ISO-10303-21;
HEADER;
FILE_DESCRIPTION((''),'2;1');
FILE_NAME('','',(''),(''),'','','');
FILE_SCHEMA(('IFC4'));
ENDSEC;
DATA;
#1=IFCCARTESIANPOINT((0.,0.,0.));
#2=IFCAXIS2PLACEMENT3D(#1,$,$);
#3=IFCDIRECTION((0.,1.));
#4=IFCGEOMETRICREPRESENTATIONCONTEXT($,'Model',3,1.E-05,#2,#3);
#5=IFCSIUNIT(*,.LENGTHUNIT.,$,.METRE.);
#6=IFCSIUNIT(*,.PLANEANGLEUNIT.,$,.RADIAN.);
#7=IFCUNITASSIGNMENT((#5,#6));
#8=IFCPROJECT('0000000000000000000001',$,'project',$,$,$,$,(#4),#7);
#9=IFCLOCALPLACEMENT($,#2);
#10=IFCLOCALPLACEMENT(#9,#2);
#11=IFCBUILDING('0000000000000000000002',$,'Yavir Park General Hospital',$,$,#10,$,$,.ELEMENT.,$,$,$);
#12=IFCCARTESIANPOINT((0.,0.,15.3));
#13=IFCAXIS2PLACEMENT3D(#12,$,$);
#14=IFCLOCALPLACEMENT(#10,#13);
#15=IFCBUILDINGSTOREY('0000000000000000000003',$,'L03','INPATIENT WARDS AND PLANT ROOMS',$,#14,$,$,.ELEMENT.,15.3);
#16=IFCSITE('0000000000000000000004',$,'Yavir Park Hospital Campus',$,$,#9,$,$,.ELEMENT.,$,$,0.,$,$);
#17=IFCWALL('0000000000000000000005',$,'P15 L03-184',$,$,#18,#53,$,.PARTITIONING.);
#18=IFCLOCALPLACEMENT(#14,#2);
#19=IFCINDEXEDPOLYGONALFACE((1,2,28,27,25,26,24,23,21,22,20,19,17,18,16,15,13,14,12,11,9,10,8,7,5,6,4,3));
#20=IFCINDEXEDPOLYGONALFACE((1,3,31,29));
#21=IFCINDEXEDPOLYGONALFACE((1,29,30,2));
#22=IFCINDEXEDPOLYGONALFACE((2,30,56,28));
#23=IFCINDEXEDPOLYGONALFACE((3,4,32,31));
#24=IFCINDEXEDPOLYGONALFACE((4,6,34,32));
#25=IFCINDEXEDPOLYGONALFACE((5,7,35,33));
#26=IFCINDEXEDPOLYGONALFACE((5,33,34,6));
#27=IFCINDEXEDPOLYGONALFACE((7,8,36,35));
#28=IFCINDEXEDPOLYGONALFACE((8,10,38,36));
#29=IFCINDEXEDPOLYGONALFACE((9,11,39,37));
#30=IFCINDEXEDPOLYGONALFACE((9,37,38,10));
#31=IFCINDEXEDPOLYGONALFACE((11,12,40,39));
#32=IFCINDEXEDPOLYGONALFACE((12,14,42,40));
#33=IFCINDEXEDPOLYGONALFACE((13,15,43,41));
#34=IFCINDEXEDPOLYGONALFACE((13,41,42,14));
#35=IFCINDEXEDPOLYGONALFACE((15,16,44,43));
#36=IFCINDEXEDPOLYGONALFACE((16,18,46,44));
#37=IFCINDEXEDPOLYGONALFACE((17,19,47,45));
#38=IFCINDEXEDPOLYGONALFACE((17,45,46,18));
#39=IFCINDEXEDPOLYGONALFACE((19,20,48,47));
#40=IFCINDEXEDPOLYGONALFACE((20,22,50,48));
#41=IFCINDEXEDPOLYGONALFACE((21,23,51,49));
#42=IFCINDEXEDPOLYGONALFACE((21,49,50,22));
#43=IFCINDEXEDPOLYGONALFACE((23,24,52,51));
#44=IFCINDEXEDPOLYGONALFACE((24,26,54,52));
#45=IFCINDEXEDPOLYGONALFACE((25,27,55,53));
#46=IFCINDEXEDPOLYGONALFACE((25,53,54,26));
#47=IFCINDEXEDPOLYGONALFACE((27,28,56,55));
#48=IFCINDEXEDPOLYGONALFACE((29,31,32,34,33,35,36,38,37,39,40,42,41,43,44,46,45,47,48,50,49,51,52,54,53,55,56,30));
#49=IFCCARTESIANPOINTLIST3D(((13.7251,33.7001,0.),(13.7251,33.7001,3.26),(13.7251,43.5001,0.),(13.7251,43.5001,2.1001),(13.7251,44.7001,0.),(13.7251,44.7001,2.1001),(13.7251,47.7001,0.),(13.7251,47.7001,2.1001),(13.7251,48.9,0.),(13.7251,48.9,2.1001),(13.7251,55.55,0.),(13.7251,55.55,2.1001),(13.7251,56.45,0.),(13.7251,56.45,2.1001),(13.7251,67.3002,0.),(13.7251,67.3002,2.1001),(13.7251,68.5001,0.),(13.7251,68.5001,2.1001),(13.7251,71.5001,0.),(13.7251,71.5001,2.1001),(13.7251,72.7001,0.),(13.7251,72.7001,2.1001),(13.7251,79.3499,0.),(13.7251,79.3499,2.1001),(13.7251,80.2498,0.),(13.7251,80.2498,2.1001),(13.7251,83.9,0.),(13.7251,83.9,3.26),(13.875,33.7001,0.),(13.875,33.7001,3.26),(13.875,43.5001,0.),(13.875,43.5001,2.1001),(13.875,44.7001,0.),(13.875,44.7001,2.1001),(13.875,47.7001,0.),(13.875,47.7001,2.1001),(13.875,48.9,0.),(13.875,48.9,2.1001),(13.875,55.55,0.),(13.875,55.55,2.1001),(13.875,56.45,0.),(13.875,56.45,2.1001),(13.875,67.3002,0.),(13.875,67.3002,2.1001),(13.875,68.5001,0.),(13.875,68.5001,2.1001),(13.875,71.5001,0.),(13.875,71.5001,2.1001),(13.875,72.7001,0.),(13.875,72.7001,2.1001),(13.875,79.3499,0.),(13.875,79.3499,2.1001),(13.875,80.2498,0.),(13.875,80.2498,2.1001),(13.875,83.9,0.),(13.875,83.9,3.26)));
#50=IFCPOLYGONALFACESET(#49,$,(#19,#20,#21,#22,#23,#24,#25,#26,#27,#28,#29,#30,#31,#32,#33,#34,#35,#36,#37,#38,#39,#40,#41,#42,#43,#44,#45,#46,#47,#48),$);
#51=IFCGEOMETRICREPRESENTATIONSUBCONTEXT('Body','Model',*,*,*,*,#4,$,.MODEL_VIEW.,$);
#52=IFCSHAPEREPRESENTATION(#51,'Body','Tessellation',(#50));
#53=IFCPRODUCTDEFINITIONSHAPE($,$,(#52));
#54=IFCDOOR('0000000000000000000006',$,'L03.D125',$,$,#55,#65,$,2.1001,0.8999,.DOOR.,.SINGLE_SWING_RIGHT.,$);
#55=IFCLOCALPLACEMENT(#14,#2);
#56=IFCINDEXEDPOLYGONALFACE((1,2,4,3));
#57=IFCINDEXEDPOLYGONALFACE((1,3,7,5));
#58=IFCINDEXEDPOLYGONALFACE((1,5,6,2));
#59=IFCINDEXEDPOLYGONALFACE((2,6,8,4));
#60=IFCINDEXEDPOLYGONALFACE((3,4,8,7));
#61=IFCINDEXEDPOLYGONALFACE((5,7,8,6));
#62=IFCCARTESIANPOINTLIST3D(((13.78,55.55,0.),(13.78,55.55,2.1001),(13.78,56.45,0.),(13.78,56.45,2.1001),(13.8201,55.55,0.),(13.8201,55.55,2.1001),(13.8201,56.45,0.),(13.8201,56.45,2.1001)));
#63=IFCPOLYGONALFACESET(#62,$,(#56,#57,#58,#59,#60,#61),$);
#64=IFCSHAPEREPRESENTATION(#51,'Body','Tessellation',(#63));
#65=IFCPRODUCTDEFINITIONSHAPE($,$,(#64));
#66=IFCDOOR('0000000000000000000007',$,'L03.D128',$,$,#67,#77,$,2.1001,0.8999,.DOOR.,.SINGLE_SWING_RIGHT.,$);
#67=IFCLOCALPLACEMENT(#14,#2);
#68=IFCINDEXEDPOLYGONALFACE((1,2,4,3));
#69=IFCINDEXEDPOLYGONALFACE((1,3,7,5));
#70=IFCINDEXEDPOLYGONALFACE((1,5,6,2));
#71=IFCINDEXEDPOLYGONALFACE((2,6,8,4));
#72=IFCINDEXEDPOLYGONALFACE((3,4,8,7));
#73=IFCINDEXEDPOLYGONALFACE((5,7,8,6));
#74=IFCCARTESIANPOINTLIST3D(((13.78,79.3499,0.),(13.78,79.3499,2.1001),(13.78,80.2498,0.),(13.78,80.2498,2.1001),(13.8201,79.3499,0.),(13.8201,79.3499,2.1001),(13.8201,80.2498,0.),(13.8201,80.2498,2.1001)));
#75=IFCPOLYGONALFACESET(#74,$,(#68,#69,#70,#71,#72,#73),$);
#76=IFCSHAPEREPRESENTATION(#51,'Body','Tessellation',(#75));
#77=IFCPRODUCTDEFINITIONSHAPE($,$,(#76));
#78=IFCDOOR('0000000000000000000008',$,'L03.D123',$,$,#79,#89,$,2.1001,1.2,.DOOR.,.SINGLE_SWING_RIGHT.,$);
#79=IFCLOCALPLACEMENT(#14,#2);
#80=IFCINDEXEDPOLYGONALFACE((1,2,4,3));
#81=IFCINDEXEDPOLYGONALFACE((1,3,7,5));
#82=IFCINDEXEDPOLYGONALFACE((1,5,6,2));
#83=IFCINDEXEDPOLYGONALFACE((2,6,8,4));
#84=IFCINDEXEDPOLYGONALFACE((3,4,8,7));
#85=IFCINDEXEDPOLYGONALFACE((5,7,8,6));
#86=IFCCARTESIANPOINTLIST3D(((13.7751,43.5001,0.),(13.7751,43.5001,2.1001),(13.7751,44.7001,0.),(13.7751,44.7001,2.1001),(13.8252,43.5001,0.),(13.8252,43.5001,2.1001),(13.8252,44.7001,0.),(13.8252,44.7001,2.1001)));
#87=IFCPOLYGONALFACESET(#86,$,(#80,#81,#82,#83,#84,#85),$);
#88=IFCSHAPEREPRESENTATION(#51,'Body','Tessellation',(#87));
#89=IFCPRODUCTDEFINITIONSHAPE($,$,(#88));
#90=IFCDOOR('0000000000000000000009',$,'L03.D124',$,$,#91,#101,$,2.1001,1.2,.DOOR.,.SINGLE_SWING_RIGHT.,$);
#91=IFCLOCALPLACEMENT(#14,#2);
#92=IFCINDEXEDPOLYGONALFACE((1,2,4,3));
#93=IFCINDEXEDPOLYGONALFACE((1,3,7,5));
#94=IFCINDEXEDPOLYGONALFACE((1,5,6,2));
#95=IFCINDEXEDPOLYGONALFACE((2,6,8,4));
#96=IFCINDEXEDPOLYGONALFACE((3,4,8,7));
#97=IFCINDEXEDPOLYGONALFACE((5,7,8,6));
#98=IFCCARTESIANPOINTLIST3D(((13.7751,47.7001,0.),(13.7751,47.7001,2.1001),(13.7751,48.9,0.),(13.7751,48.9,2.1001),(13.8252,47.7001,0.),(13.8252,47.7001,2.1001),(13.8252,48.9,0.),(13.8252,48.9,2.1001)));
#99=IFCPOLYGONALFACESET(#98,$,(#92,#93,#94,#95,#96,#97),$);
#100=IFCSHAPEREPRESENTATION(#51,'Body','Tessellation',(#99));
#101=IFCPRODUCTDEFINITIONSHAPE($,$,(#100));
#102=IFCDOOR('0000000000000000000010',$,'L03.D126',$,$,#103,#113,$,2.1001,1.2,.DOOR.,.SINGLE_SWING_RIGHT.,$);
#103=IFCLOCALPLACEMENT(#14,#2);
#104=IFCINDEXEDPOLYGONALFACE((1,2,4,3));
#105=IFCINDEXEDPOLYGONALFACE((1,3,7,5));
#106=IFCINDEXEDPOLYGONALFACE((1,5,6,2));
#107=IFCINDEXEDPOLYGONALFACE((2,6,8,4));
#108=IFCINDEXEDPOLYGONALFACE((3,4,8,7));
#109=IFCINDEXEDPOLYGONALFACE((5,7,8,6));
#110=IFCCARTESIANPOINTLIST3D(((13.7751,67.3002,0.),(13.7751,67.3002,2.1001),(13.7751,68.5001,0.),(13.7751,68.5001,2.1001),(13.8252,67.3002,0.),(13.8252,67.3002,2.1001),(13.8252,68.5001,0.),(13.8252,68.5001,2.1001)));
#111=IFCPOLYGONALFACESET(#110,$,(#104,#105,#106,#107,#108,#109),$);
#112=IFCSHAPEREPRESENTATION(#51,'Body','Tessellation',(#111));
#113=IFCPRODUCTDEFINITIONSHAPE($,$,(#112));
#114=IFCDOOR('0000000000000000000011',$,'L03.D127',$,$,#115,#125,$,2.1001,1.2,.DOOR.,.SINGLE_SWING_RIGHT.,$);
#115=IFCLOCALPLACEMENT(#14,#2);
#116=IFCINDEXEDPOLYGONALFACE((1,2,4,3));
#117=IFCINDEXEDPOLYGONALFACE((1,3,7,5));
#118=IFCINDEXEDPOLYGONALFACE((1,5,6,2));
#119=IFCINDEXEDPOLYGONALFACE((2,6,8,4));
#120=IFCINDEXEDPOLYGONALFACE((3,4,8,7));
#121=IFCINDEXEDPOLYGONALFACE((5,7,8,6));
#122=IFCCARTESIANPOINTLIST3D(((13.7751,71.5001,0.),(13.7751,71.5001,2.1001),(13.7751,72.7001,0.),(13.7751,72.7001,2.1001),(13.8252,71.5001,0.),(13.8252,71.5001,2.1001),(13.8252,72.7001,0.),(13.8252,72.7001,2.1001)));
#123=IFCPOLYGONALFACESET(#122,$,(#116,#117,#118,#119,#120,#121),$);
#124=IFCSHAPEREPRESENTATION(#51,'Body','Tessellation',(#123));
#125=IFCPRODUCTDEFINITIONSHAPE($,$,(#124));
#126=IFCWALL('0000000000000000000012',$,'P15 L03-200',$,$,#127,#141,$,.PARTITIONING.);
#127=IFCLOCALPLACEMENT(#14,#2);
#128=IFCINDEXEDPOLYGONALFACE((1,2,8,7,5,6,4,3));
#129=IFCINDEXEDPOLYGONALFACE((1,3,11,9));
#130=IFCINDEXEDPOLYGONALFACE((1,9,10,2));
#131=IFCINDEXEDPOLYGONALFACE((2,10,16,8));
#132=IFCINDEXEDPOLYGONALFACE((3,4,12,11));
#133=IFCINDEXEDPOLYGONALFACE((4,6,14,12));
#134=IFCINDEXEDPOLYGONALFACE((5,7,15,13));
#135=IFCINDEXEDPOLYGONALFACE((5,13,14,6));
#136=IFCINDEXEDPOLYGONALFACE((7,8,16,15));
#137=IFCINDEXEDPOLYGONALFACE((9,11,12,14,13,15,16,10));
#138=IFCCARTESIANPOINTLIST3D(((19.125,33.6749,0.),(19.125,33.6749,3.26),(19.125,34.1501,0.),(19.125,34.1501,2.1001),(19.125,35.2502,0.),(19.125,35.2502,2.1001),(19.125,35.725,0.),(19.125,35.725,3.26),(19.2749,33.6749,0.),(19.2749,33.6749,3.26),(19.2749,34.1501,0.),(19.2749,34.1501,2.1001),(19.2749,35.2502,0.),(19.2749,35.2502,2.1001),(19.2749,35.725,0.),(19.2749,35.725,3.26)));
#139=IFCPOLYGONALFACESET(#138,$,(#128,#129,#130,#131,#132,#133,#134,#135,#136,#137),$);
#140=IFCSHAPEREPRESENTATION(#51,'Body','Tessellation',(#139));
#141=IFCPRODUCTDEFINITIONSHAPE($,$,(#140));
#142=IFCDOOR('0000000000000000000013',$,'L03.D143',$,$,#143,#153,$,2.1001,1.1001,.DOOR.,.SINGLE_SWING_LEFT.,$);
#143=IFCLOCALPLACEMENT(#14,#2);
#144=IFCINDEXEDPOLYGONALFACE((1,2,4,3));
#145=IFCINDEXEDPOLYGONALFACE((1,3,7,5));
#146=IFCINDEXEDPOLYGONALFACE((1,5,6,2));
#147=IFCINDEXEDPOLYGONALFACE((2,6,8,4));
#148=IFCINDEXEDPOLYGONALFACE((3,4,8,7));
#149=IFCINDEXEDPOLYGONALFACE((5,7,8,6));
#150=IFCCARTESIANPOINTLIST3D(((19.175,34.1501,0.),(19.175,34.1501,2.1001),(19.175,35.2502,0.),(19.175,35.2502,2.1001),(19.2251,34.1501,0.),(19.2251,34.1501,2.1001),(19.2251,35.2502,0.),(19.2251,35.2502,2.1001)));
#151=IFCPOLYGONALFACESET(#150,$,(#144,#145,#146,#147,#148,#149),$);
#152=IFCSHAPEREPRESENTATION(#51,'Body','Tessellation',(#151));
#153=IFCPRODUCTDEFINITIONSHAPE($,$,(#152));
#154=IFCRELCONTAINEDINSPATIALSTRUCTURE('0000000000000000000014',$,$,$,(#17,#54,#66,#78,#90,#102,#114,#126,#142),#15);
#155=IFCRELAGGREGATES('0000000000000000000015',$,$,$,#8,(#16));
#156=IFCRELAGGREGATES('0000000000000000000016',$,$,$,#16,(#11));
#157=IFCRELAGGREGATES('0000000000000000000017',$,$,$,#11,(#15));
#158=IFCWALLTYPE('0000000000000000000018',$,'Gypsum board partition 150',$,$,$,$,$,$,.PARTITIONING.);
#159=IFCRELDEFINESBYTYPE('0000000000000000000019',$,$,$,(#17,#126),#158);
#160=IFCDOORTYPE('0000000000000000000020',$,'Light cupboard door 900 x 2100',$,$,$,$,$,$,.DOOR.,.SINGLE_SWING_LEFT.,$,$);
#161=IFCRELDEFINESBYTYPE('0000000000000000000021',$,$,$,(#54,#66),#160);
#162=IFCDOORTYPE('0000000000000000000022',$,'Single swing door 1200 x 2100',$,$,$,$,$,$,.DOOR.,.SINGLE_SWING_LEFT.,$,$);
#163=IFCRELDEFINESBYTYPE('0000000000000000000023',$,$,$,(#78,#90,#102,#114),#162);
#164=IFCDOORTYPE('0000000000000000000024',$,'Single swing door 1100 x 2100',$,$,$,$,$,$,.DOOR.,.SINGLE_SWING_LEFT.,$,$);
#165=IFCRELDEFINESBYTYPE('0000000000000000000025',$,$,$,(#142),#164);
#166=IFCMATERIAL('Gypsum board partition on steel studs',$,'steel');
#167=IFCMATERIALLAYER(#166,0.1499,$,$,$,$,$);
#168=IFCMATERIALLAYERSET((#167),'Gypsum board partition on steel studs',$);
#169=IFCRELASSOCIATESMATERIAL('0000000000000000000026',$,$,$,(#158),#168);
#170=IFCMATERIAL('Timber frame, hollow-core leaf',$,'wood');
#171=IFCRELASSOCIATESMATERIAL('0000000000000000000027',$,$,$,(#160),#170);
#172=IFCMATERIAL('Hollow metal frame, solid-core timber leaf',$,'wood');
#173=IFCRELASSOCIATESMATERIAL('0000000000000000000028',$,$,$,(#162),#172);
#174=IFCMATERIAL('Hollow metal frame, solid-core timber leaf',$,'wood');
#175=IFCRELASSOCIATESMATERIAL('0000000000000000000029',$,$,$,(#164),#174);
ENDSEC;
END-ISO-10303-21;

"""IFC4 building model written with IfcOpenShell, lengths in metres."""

from ifc_helpers import new_model, si_unit, direction, frame, frame_2d, origin, place, context, subcontext, project, spatial, rectangle, extrude, material, layer, layer_set, type_object, element, fill, save


model = new_model("IFC4")

# Units and contexts
model_context = context("Model", 3, precision=1e-05, world=origin(), true_north=direction((0.0, 1.0)))
body_context = subcontext(model_context, "Body", "Model", "MODEL_VIEW")
ifc_project = project(units=[si_unit("LENGTHUNIT", "METRE"), si_unit("PLANEANGLEUNIT", "RADIAN")], contexts=[model_context])

# Site, building, storey
site_placement = place(None, origin())
site = spatial("IfcSite", under=ifc_project, at=site_placement, Name="Yavir Park Hospital Campus", CompositionType="ELEMENT", RefElevation=0.0)
building_placement = place(site_placement, origin())
building = spatial("IfcBuilding", under=site, at=building_placement, Name="Yavir Park General Hospital", CompositionType="ELEMENT")
storey_placement = place(building_placement, frame((0.0, 0.0, 15.3)))
storey = spatial("IfcBuildingStorey", under=building, at=storey_placement, Name="L03", Description="INPATIENT WARDS AND PLANT ROOMS", CompositionType="ELEMENT", Elevation=15.3)

# Shared definitions
ifc_material_1 = material(Name="Gypsum board partition on steel studs", Category="steel")
ifc_layer_1 = layer(ifc_material_1, 0.1499)
ifc_layer_set_1 = layer_set([ifc_layer_1], Name="Gypsum board partition on steel studs")
wall_type_1 = type_object("IfcWallType", Name="Gypsum board partition 150", PredefinedType="PARTITIONING", material=ifc_layer_set_1)

# Wall, openings, doors
wall_1_placement = place(storey_placement, frame((13.8, 33.7, 0.0), z_axis=(0.0, 0.0, 1.0), x_axis=(0.0, 1.0, 0.0)))
wall_1 = element("IfcWall", 1, at=wall_1_placement, inside=storey, type_object=wall_type_1, Name="P15 L03-184", PredefinedType="PARTITIONING", context=body_context, shape_type="SweptSolid", body=[
    extrude(rectangle(XDim=50.2, YDim=0.1499, at=frame_2d((25.1001, 0.0))), origin(), (0.0, 0.0, 1.0), 3.26),
])
opening_1_placement = place(wall_1_placement, frame((9.8, 0.0, 0.0)))
opening_1 = element("IfcOpeningElement", 2, at=opening_1_placement, cuts=wall_1, PredefinedType="OPENING", context=body_context, shape_type="SweptSolid", body=[
    extrude(rectangle(XDim=1.2, YDim=2.1001, at=frame_2d((0.6001, 1.05))), frame((0.0, 0.085, 0.0), z_axis=(0.0, -1.0, 0.0), x_axis=(1.0, 0.0, 0.0)), (0.0, 0.0, 1.0), 0.1699),
])
opening_2_placement = place(wall_1_placement, frame((14.0, 0.0, 0.0)))
opening_2 = element("IfcOpeningElement", 3, at=opening_2_placement, cuts=wall_1, PredefinedType="OPENING", context=body_context, shape_type="SweptSolid", body=[
    extrude(rectangle(XDim=1.2, YDim=2.1001, at=frame_2d((0.6001, 1.05))), frame((0.0, 0.085, 0.0), z_axis=(0.0, -1.0, 0.0), x_axis=(1.0, 0.0, 0.0)), (0.0, 0.0, 1.0), 0.1699),
])
opening_3_placement = place(wall_1_placement, frame((21.8501, 0.0, 0.0)))
opening_3 = element("IfcOpeningElement", 4, at=opening_3_placement, cuts=wall_1, PredefinedType="OPENING", context=body_context, shape_type="SweptSolid", body=[
    extrude(rectangle(XDim=0.8999, YDim=2.1001, at=frame_2d((0.45, 1.05))), frame((0.0, 0.085, 0.0), z_axis=(0.0, -1.0, 0.0), x_axis=(1.0, 0.0, 0.0)), (0.0, 0.0, 1.0), 0.1699),
])
opening_4_placement = place(wall_1_placement, frame((33.6001, 0.0, 0.0)))
opening_4 = element("IfcOpeningElement", 5, at=opening_4_placement, cuts=wall_1, PredefinedType="OPENING", context=body_context, shape_type="SweptSolid", body=[
    extrude(rectangle(XDim=1.2, YDim=2.1001, at=frame_2d((0.6001, 1.05))), frame((0.0, 0.085, 0.0), z_axis=(0.0, -1.0, 0.0), x_axis=(1.0, 0.0, 0.0)), (0.0, 0.0, 1.0), 0.1699),
])
opening_5_placement = place(wall_1_placement, frame((37.8, 0.0, 0.0)))
opening_5 = element("IfcOpeningElement", 6, at=opening_5_placement, cuts=wall_1, PredefinedType="OPENING", context=body_context, shape_type="SweptSolid", body=[
    extrude(rectangle(XDim=1.2, YDim=2.1001, at=frame_2d((0.6001, 1.05))), frame((0.0, 0.085, 0.0), z_axis=(0.0, -1.0, 0.0), x_axis=(1.0, 0.0, 0.0)), (0.0, 0.0, 1.0), 0.1699),
])
opening_6_placement = place(wall_1_placement, frame((45.6499, 0.0, 0.0)))
opening_6 = element("IfcOpeningElement", 7, at=opening_6_placement, cuts=wall_1, PredefinedType="OPENING", context=body_context, shape_type="SweptSolid", body=[
    extrude(rectangle(XDim=0.8999, YDim=2.1001, at=frame_2d((0.45, 1.05))), frame((0.0, 0.085, 0.0), z_axis=(0.0, -1.0, 0.0), x_axis=(1.0, 0.0, 0.0)), (0.0, 0.0, 1.0), 0.1699),
])
ifc_material_2 = material(Name="Timber frame, hollow-core leaf", Category="wood")
door_type_1 = type_object("IfcDoorType", Name="Light cupboard door 900 x 2100", OperationType="SINGLE_SWING_LEFT", PredefinedType="DOOR", material=ifc_material_2)
door_1_placement = place(opening_3_placement, origin())
door_1 = element("IfcDoor", 8, at=door_1_placement, inside=storey, type_object=door_type_1, Name="L03.D125", OperationType="SINGLE_SWING_RIGHT", OverallHeight=2.1001, OverallWidth=0.8999, PredefinedType="DOOR", context=body_context, shape_type="SweptSolid", body=[
    extrude(rectangle(XDim=0.8999, YDim=2.1001, at=frame_2d((0.45, 1.05))), frame((0.0, 0.02, 0.0), z_axis=(0.0, -1.0, 0.0), x_axis=(1.0, 0.0, 0.0)), (0.0, 0.0, 1.0), 0.04),
])
fill(opening_3, door_1)
door_2_placement = place(opening_6_placement, origin())
door_2 = element("IfcDoor", 9, at=door_2_placement, inside=storey, type_object=door_type_1, Name="L03.D128", OperationType="SINGLE_SWING_RIGHT", OverallHeight=2.1001, OverallWidth=0.8999, PredefinedType="DOOR", context=body_context, shape_type="SweptSolid", body=[
    extrude(rectangle(XDim=0.8999, YDim=2.1001, at=frame_2d((0.45, 1.05))), frame((0.0, 0.02, 0.0), z_axis=(0.0, -1.0, 0.0), x_axis=(1.0, 0.0, 0.0)), (0.0, 0.0, 1.0), 0.04),
])
fill(opening_6, door_2)
ifc_material_3 = material(Name="Hollow metal frame, solid-core timber leaf", Category="wood")
door_type_2 = type_object("IfcDoorType", Name="Single swing door 1200 x 2100", OperationType="SINGLE_SWING_LEFT", PredefinedType="DOOR", material=ifc_material_3)
door_3_placement = place(opening_1_placement, origin())
door_3 = element("IfcDoor", 10, at=door_3_placement, inside=storey, type_object=door_type_2, Name="L03.D123", OperationType="SINGLE_SWING_RIGHT", OverallHeight=2.1001, OverallWidth=1.2, PredefinedType="DOOR", context=body_context, shape_type="SweptSolid", body=[
    extrude(rectangle(XDim=1.2, YDim=2.1001, at=frame_2d((0.6001, 1.05))), frame((0.0, 0.0249, 0.0), z_axis=(0.0, -1.0, 0.0), x_axis=(1.0, 0.0, 0.0)), (0.0, 0.0, 1.0), 0.05),
])
fill(opening_1, door_3)
door_4_placement = place(opening_2_placement, origin())
door_4 = element("IfcDoor", 11, at=door_4_placement, inside=storey, type_object=door_type_2, Name="L03.D124", OperationType="SINGLE_SWING_RIGHT", OverallHeight=2.1001, OverallWidth=1.2, PredefinedType="DOOR", context=body_context, shape_type="SweptSolid", body=[
    extrude(rectangle(XDim=1.2, YDim=2.1001, at=frame_2d((0.6001, 1.05))), frame((0.0, 0.0249, 0.0), z_axis=(0.0, -1.0, 0.0), x_axis=(1.0, 0.0, 0.0)), (0.0, 0.0, 1.0), 0.05),
])
fill(opening_2, door_4)
door_5_placement = place(opening_4_placement, origin())
door_5 = element("IfcDoor", 12, at=door_5_placement, inside=storey, type_object=door_type_2, Name="L03.D126", OperationType="SINGLE_SWING_RIGHT", OverallHeight=2.1001, OverallWidth=1.2, PredefinedType="DOOR", context=body_context, shape_type="SweptSolid", body=[
    extrude(rectangle(XDim=1.2, YDim=2.1001, at=frame_2d((0.6001, 1.05))), frame((0.0, 0.0249, 0.0), z_axis=(0.0, -1.0, 0.0), x_axis=(1.0, 0.0, 0.0)), (0.0, 0.0, 1.0), 0.05),
])
fill(opening_4, door_5)
door_6_placement = place(opening_5_placement, origin())
door_6 = element("IfcDoor", 13, at=door_6_placement, inside=storey, type_object=door_type_2, Name="L03.D127", OperationType="SINGLE_SWING_RIGHT", OverallHeight=2.1001, OverallWidth=1.2, PredefinedType="DOOR", context=body_context, shape_type="SweptSolid", body=[
    extrude(rectangle(XDim=1.2, YDim=2.1001, at=frame_2d((0.6001, 1.05))), frame((0.0, 0.0249, 0.0), z_axis=(0.0, -1.0, 0.0), x_axis=(1.0, 0.0, 0.0)), (0.0, 0.0, 1.0), 0.05),
])
fill(opening_5, door_6)

# Wall, opening, door
wall_2_placement = place(storey_placement, frame((19.2, 33.675, 0.0), z_axis=(0.0, 0.0, 1.0), x_axis=(0.0, 1.0, 0.0)))
wall_2 = element("IfcWall", 14, at=wall_2_placement, inside=storey, type_object=wall_type_1, Name="P15 L03-200", PredefinedType="PARTITIONING", context=body_context, shape_type="SweptSolid", body=[
    extrude(rectangle(XDim=2.05, YDim=0.1499, at=frame_2d((1.0249, 0.0))), origin(), (0.0, 0.0, 1.0), 3.26),
])
opening_7_placement = place(wall_2_placement, frame((0.4751, 0.0, 0.0)))
opening_7 = element("IfcOpeningElement", 15, at=opening_7_placement, cuts=wall_2, PredefinedType="OPENING", context=body_context, shape_type="SweptSolid", body=[
    extrude(rectangle(XDim=1.1001, YDim=2.1001, at=frame_2d((0.55, 1.05))), frame((0.0, 0.085, 0.0), z_axis=(0.0, -1.0, 0.0), x_axis=(1.0, 0.0, 0.0)), (0.0, 0.0, 1.0), 0.1699),
])
ifc_material_4 = material(Name="Hollow metal frame, solid-core timber leaf", Category="wood")
door_type_3 = type_object("IfcDoorType", Name="Single swing door 1100 x 2100", OperationType="SINGLE_SWING_LEFT", PredefinedType="DOOR", material=ifc_material_4)
door_7_placement = place(opening_7_placement, origin())
door_7 = element("IfcDoor", 16, at=door_7_placement, inside=storey, type_object=door_type_3, Name="L03.D143", OperationType="SINGLE_SWING_LEFT", OverallHeight=2.1001, OverallWidth=1.1001, PredefinedType="DOOR", context=body_context, shape_type="SweptSolid", body=[
    extrude(rectangle(XDim=1.1001, YDim=2.1001, at=frame_2d((0.55, 1.05))), frame((0.0, 0.0249, 0.0), z_axis=(0.0, -1.0, 0.0), x_axis=(1.0, 0.0, 0.0)), (0.0, 0.0, 1.0), 0.05),
])
fill(opening_7, door_7)

save(model, "model.ifc")
